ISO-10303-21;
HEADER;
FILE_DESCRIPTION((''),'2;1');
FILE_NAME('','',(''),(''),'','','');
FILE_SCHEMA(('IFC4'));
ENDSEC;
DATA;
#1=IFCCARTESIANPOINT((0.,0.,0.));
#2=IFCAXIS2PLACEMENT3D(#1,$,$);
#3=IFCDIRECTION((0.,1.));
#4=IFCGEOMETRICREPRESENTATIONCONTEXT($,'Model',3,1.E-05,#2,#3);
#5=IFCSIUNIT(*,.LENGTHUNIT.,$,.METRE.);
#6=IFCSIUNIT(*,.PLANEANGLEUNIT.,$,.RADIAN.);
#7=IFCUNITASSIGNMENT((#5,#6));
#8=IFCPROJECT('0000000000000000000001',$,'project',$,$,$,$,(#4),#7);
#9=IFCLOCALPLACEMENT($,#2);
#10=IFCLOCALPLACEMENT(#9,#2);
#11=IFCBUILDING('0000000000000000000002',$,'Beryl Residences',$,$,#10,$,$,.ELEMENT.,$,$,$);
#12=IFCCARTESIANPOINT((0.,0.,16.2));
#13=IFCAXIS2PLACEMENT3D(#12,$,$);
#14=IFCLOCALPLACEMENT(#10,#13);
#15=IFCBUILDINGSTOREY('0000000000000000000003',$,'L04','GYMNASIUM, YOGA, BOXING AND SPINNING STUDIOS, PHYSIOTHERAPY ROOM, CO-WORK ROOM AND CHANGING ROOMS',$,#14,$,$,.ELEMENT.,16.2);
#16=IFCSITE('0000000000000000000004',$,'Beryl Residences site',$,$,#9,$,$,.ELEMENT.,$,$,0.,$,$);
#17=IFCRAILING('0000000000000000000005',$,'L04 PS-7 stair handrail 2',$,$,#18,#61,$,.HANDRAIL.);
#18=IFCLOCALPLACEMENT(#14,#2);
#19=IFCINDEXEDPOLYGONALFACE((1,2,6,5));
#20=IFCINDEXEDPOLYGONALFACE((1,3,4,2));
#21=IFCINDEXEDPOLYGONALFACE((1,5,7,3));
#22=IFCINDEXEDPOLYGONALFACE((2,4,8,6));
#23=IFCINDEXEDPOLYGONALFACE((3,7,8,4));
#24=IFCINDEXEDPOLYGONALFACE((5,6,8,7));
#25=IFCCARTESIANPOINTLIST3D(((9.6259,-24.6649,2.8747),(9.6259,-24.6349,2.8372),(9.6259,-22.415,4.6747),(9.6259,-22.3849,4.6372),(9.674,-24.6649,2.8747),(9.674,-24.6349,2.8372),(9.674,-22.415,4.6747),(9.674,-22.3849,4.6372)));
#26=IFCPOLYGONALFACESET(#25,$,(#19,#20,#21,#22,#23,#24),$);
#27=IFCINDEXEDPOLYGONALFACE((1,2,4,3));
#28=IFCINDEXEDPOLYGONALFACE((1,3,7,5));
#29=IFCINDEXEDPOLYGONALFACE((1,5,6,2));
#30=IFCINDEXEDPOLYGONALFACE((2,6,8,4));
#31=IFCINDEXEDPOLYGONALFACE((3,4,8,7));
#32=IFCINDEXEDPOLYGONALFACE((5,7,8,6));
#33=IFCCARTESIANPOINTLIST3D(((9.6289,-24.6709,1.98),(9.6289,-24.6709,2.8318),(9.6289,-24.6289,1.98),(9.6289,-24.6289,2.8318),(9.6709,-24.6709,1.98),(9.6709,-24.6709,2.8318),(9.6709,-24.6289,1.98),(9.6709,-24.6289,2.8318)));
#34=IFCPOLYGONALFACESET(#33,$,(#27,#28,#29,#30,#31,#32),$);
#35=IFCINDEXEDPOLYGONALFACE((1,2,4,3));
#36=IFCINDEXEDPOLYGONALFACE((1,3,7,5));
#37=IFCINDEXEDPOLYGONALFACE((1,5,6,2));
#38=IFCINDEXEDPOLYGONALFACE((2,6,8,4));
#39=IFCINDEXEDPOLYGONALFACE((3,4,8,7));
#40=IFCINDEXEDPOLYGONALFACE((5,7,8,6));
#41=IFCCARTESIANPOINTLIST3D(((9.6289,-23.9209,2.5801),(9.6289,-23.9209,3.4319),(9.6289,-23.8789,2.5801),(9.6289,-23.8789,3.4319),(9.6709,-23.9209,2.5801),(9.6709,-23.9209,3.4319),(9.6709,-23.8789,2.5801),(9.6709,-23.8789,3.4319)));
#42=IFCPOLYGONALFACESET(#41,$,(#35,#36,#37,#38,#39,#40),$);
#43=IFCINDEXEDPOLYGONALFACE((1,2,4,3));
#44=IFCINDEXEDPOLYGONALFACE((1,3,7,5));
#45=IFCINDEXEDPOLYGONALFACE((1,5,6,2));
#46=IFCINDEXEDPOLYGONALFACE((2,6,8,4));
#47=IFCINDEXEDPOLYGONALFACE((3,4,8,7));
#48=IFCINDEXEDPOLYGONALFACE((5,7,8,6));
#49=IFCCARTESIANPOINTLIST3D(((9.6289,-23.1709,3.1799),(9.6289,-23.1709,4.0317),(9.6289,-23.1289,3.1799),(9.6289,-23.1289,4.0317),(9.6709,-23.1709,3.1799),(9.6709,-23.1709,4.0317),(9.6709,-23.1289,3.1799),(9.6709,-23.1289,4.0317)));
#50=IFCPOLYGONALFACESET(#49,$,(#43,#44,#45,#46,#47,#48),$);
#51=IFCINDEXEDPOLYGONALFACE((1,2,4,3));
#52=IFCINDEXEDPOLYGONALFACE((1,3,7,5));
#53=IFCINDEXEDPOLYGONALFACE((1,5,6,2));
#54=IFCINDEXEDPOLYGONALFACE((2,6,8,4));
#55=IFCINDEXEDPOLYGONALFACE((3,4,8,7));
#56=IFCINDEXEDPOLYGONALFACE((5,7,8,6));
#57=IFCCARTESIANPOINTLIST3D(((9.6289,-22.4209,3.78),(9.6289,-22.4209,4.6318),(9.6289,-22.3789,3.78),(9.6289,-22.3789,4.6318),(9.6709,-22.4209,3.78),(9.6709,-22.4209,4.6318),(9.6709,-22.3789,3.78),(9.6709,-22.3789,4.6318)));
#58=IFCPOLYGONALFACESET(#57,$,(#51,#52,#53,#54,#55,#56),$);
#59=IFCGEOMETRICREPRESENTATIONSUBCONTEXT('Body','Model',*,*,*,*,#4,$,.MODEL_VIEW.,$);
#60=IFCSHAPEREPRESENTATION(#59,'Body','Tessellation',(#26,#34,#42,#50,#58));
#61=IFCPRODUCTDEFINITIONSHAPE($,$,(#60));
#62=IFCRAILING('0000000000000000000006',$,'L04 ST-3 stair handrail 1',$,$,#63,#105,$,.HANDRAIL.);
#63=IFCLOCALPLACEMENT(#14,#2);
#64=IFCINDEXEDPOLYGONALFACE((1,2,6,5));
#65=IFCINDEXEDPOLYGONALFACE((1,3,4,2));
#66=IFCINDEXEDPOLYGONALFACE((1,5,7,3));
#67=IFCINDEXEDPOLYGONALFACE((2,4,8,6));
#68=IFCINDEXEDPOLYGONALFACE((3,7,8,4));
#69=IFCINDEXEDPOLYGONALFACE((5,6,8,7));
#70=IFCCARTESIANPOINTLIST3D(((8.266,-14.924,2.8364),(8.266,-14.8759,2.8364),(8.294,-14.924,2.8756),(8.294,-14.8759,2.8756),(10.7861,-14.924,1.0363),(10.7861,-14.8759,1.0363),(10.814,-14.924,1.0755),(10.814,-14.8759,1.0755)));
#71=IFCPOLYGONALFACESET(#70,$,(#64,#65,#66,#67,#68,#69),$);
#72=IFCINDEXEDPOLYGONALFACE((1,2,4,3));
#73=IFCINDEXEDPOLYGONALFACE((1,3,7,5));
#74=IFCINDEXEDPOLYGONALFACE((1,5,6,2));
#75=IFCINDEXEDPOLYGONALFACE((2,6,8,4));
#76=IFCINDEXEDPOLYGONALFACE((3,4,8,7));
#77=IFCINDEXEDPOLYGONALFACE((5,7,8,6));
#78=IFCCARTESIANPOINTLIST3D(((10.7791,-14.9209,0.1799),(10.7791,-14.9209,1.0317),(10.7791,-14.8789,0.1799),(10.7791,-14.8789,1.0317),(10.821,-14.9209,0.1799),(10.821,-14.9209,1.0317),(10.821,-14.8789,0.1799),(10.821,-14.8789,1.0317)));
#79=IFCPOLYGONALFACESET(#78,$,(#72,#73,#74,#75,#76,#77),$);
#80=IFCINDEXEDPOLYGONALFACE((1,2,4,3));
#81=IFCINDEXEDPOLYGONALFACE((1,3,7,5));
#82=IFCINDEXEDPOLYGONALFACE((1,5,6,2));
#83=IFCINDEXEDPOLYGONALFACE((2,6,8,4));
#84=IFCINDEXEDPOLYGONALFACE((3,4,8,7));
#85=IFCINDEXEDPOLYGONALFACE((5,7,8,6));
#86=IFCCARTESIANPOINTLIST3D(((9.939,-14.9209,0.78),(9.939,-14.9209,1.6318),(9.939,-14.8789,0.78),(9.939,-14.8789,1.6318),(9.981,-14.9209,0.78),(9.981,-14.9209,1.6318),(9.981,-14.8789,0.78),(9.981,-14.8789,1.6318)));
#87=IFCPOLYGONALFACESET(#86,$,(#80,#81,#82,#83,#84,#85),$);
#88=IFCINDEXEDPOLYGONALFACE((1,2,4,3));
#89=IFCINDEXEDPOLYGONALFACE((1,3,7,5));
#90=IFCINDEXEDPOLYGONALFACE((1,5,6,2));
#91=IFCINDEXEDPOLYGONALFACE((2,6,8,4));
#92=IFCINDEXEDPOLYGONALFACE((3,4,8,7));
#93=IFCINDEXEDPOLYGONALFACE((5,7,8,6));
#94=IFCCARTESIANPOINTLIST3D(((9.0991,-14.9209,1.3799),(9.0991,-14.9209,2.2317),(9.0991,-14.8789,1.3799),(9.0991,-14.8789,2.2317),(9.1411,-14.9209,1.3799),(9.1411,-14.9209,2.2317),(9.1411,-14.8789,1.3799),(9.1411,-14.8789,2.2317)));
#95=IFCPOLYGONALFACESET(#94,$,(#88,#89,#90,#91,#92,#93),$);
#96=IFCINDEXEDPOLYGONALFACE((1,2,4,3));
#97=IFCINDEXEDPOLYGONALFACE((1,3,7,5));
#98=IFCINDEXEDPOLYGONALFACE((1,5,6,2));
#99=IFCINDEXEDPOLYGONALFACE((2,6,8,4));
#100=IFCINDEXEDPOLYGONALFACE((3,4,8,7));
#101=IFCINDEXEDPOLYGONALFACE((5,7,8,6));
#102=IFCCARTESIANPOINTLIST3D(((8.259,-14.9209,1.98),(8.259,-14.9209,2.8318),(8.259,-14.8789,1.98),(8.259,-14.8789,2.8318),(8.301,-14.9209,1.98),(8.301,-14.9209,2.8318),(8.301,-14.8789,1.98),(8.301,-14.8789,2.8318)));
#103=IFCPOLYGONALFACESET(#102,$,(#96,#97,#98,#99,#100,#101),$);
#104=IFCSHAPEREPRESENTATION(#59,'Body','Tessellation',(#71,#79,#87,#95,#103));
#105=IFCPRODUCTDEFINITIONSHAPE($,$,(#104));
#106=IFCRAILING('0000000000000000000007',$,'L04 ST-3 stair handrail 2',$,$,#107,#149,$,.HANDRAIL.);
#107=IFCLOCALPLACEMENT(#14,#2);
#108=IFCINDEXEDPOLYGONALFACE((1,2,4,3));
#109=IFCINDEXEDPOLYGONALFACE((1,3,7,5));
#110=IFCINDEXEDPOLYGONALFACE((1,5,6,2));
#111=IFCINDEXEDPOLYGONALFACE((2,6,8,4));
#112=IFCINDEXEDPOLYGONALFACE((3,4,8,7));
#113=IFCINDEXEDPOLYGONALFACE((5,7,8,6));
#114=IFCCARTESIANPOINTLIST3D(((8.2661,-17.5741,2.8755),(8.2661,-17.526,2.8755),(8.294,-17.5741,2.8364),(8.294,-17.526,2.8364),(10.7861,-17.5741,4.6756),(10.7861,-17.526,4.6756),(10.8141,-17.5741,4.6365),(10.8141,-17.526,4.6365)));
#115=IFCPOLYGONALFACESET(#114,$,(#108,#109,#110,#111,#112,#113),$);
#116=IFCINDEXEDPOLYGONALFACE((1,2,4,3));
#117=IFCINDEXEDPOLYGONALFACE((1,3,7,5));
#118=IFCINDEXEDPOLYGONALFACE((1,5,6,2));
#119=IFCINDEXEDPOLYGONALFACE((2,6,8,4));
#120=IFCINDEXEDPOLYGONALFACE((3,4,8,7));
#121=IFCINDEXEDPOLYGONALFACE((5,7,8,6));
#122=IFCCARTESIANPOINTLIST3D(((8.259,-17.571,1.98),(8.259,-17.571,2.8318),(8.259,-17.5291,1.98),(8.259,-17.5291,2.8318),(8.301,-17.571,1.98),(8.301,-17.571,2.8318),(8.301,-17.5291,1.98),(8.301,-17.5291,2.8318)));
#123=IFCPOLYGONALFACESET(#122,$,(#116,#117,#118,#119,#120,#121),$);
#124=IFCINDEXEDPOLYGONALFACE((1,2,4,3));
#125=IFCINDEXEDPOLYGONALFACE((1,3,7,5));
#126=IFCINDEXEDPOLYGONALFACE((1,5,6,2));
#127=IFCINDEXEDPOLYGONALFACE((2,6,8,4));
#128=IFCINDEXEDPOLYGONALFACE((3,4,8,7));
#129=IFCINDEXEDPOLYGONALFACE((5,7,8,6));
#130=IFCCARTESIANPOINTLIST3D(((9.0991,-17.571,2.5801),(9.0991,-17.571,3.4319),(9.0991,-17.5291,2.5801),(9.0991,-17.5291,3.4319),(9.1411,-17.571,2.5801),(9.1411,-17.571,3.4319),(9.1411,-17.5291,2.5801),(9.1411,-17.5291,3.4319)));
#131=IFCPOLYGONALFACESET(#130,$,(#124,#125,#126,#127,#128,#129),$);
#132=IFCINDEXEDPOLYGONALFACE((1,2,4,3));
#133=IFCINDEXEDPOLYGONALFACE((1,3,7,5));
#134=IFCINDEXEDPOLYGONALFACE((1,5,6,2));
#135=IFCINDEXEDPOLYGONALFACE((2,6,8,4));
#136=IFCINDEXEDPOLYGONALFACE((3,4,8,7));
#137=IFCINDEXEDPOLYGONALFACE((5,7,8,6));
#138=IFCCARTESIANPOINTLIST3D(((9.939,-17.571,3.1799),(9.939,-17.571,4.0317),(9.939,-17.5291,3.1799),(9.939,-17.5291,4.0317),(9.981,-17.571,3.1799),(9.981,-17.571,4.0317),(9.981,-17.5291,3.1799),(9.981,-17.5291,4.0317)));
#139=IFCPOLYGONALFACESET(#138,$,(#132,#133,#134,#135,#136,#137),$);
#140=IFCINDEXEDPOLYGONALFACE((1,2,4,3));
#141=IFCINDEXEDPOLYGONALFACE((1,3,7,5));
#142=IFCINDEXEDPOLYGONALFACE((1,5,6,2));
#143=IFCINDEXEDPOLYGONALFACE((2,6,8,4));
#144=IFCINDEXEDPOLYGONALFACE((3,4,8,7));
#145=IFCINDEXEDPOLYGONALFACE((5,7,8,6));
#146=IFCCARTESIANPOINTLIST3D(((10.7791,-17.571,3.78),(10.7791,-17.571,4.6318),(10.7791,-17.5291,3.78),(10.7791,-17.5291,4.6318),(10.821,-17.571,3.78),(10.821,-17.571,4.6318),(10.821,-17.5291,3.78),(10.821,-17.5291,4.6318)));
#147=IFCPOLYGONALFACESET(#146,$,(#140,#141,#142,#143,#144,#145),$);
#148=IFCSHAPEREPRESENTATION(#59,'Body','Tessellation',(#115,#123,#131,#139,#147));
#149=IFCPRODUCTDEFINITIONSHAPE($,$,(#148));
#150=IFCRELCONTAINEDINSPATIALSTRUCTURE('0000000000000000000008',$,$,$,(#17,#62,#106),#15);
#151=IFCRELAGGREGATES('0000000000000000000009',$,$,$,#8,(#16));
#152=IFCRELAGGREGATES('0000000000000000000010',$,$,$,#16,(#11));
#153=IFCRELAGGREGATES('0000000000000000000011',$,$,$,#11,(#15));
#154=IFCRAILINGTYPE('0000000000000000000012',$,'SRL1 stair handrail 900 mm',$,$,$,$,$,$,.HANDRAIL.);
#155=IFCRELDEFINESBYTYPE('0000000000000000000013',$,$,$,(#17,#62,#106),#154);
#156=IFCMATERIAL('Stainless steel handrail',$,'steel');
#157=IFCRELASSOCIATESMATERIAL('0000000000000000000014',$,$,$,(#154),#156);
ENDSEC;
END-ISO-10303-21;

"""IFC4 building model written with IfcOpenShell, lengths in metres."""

from ifc_helpers import new_model, si_unit, direction, frame, origin, origin_2d, place, context, subcontext, project, spatial, rectangle, extrude, material, type_object, element, save


model = new_model("IFC4")

# Units and contexts
model_context = context("Model", 3, precision=1e-05, world=origin(), true_north=direction((0.0, 1.0)))
body_context = subcontext(model_context, "Body", "Model", "MODEL_VIEW")
ifc_project = project(units=[si_unit("LENGTHUNIT", "METRE"), si_unit("PLANEANGLEUNIT", "RADIAN")], contexts=[model_context])

# Site, building, storey
site_placement = place(None, origin())
site = spatial("IfcSite", under=ifc_project, at=site_placement, Name="Beryl Residences site", CompositionType="ELEMENT", RefElevation=0.0)
building_placement = place(site_placement, origin())
building = spatial("IfcBuilding", under=site, at=building_placement, Name="Beryl Residences", CompositionType="ELEMENT")
storey_placement = place(building_placement, frame((0.0, 0.0, 16.2)))
storey = spatial("IfcBuildingStorey", under=building, at=storey_placement, Name="L04", Description="GYMNASIUM, YOGA, BOXING AND SPINNING STUDIOS, PHYSIOTHERAPY ROOM, CO-WORK ROOM AND CHANGING ROOMS", CompositionType="ELEMENT", Elevation=16.2)

# Railings
ifc_material_1 = material(Name="Stainless steel handrail", Category="steel")
railing_type_1 = type_object("IfcRailingType", Name="SRL1 stair handrail 900 mm", PredefinedType="HANDRAIL", material=ifc_material_1)
railing_1_placement = place(storey_placement, frame((9.6499, -24.6499, 1.98)))
element("IfcRailing", 1, at=railing_1_placement, inside=storey, type_object=railing_type_1, Name="L04 PS-7 stair handrail 2", PredefinedType="HANDRAIL", context=body_context, shape_type="SweptSolid", body=[
    extrude(rectangle(XDim=0.0481, YDim=0.0481, at=origin_2d()), frame((0.0, 0.0, 0.876), z_axis=(0.0, 0.780861, 0.624705), x_axis=(-1.0, 0.0, 0.0)), (0.0, 0.0, 1.0), 2.8813),
    extrude(rectangle(XDim=0.042, YDim=0.042, at=origin_2d()), origin(), (0.0, 0.0, 1.0), 0.8518),
    extrude(rectangle(XDim=0.042, YDim=0.042, at=origin_2d()), frame((0.0, 0.75, 0.6001)), (0.0, 0.0, 1.0), 0.8518),
    extrude(rectangle(XDim=0.042, YDim=0.042, at=origin_2d()), frame((0.0, 1.5, 1.2)), (0.0, 0.0, 1.0), 0.8518),
    extrude(rectangle(XDim=0.042, YDim=0.042, at=origin_2d()), frame((0.0, 2.25, 1.8)), (0.0, 0.0, 1.0), 0.8518),
])
railing_2_placement = place(storey_placement, frame((10.8, -14.8999, 0.1799)))
element("IfcRailing", 2, at=railing_2_placement, inside=storey, type_object=railing_type_1, Name="L04 ST-3 stair handrail 1", PredefinedType="HANDRAIL", context=body_context, shape_type="SweptSolid", body=[
    extrude(rectangle(XDim=0.0481, YDim=0.0481, at=origin_2d()), frame((0.0, 0.0, 0.876), z_axis=(-0.813728, 0.0, 0.581246), x_axis=(0.0, -1.0, 0.0)), (0.0, 0.0, 1.0), 3.0969),
    extrude(rectangle(XDim=0.042, YDim=0.042, at=origin_2d()), origin(), (0.0, 0.0, 1.0), 0.8518),
    extrude(rectangle(XDim=0.042, YDim=0.042, at=origin_2d()), frame((-0.8401, 0.0, 0.6001)), (0.0, 0.0, 1.0), 0.8518),
    extrude(rectangle(XDim=0.042, YDim=0.042, at=origin_2d()), frame((-1.6799, 0.0, 1.2)), (0.0, 0.0, 1.0), 0.8518),
    extrude(rectangle(XDim=0.042, YDim=0.042, at=origin_2d()), frame((-2.52, 0.0, 1.8)), (0.0, 0.0, 1.0), 0.8518),
])
railing_3_placement = place(storey_placement, frame((8.28, -17.55, 1.98)))
element("IfcRailing", 3, at=railing_3_placement, inside=storey, type_object=railing_type_1, Name="L04 ST-3 stair handrail 2", PredefinedType="HANDRAIL", context=body_context, shape_type="SweptSolid", body=[
    extrude(rectangle(XDim=0.0481, YDim=0.0481, at=origin_2d()), frame((0.0, 0.0, 0.876), z_axis=(0.813728, 0.0, 0.581246), x_axis=(0.0, 1.0, 0.0)), (0.0, 0.0, 1.0), 3.0969),
    extrude(rectangle(XDim=0.042, YDim=0.042, at=origin_2d()), origin(), (0.0, 0.0, 1.0), 0.8518),
    extrude(rectangle(XDim=0.042, YDim=0.042, at=origin_2d()), frame((0.8401, 0.0, 0.6001)), (0.0, 0.0, 1.0), 0.8518),
    extrude(rectangle(XDim=0.042, YDim=0.042, at=origin_2d()), frame((1.6799, 0.0, 1.2)), (0.0, 0.0, 1.0), 0.8518),
    extrude(rectangle(XDim=0.042, YDim=0.042, at=origin_2d()), frame((2.52, 0.0, 1.8)), (0.0, 0.0, 1.0), 0.8518),
])

save(model, "model.ifc")
